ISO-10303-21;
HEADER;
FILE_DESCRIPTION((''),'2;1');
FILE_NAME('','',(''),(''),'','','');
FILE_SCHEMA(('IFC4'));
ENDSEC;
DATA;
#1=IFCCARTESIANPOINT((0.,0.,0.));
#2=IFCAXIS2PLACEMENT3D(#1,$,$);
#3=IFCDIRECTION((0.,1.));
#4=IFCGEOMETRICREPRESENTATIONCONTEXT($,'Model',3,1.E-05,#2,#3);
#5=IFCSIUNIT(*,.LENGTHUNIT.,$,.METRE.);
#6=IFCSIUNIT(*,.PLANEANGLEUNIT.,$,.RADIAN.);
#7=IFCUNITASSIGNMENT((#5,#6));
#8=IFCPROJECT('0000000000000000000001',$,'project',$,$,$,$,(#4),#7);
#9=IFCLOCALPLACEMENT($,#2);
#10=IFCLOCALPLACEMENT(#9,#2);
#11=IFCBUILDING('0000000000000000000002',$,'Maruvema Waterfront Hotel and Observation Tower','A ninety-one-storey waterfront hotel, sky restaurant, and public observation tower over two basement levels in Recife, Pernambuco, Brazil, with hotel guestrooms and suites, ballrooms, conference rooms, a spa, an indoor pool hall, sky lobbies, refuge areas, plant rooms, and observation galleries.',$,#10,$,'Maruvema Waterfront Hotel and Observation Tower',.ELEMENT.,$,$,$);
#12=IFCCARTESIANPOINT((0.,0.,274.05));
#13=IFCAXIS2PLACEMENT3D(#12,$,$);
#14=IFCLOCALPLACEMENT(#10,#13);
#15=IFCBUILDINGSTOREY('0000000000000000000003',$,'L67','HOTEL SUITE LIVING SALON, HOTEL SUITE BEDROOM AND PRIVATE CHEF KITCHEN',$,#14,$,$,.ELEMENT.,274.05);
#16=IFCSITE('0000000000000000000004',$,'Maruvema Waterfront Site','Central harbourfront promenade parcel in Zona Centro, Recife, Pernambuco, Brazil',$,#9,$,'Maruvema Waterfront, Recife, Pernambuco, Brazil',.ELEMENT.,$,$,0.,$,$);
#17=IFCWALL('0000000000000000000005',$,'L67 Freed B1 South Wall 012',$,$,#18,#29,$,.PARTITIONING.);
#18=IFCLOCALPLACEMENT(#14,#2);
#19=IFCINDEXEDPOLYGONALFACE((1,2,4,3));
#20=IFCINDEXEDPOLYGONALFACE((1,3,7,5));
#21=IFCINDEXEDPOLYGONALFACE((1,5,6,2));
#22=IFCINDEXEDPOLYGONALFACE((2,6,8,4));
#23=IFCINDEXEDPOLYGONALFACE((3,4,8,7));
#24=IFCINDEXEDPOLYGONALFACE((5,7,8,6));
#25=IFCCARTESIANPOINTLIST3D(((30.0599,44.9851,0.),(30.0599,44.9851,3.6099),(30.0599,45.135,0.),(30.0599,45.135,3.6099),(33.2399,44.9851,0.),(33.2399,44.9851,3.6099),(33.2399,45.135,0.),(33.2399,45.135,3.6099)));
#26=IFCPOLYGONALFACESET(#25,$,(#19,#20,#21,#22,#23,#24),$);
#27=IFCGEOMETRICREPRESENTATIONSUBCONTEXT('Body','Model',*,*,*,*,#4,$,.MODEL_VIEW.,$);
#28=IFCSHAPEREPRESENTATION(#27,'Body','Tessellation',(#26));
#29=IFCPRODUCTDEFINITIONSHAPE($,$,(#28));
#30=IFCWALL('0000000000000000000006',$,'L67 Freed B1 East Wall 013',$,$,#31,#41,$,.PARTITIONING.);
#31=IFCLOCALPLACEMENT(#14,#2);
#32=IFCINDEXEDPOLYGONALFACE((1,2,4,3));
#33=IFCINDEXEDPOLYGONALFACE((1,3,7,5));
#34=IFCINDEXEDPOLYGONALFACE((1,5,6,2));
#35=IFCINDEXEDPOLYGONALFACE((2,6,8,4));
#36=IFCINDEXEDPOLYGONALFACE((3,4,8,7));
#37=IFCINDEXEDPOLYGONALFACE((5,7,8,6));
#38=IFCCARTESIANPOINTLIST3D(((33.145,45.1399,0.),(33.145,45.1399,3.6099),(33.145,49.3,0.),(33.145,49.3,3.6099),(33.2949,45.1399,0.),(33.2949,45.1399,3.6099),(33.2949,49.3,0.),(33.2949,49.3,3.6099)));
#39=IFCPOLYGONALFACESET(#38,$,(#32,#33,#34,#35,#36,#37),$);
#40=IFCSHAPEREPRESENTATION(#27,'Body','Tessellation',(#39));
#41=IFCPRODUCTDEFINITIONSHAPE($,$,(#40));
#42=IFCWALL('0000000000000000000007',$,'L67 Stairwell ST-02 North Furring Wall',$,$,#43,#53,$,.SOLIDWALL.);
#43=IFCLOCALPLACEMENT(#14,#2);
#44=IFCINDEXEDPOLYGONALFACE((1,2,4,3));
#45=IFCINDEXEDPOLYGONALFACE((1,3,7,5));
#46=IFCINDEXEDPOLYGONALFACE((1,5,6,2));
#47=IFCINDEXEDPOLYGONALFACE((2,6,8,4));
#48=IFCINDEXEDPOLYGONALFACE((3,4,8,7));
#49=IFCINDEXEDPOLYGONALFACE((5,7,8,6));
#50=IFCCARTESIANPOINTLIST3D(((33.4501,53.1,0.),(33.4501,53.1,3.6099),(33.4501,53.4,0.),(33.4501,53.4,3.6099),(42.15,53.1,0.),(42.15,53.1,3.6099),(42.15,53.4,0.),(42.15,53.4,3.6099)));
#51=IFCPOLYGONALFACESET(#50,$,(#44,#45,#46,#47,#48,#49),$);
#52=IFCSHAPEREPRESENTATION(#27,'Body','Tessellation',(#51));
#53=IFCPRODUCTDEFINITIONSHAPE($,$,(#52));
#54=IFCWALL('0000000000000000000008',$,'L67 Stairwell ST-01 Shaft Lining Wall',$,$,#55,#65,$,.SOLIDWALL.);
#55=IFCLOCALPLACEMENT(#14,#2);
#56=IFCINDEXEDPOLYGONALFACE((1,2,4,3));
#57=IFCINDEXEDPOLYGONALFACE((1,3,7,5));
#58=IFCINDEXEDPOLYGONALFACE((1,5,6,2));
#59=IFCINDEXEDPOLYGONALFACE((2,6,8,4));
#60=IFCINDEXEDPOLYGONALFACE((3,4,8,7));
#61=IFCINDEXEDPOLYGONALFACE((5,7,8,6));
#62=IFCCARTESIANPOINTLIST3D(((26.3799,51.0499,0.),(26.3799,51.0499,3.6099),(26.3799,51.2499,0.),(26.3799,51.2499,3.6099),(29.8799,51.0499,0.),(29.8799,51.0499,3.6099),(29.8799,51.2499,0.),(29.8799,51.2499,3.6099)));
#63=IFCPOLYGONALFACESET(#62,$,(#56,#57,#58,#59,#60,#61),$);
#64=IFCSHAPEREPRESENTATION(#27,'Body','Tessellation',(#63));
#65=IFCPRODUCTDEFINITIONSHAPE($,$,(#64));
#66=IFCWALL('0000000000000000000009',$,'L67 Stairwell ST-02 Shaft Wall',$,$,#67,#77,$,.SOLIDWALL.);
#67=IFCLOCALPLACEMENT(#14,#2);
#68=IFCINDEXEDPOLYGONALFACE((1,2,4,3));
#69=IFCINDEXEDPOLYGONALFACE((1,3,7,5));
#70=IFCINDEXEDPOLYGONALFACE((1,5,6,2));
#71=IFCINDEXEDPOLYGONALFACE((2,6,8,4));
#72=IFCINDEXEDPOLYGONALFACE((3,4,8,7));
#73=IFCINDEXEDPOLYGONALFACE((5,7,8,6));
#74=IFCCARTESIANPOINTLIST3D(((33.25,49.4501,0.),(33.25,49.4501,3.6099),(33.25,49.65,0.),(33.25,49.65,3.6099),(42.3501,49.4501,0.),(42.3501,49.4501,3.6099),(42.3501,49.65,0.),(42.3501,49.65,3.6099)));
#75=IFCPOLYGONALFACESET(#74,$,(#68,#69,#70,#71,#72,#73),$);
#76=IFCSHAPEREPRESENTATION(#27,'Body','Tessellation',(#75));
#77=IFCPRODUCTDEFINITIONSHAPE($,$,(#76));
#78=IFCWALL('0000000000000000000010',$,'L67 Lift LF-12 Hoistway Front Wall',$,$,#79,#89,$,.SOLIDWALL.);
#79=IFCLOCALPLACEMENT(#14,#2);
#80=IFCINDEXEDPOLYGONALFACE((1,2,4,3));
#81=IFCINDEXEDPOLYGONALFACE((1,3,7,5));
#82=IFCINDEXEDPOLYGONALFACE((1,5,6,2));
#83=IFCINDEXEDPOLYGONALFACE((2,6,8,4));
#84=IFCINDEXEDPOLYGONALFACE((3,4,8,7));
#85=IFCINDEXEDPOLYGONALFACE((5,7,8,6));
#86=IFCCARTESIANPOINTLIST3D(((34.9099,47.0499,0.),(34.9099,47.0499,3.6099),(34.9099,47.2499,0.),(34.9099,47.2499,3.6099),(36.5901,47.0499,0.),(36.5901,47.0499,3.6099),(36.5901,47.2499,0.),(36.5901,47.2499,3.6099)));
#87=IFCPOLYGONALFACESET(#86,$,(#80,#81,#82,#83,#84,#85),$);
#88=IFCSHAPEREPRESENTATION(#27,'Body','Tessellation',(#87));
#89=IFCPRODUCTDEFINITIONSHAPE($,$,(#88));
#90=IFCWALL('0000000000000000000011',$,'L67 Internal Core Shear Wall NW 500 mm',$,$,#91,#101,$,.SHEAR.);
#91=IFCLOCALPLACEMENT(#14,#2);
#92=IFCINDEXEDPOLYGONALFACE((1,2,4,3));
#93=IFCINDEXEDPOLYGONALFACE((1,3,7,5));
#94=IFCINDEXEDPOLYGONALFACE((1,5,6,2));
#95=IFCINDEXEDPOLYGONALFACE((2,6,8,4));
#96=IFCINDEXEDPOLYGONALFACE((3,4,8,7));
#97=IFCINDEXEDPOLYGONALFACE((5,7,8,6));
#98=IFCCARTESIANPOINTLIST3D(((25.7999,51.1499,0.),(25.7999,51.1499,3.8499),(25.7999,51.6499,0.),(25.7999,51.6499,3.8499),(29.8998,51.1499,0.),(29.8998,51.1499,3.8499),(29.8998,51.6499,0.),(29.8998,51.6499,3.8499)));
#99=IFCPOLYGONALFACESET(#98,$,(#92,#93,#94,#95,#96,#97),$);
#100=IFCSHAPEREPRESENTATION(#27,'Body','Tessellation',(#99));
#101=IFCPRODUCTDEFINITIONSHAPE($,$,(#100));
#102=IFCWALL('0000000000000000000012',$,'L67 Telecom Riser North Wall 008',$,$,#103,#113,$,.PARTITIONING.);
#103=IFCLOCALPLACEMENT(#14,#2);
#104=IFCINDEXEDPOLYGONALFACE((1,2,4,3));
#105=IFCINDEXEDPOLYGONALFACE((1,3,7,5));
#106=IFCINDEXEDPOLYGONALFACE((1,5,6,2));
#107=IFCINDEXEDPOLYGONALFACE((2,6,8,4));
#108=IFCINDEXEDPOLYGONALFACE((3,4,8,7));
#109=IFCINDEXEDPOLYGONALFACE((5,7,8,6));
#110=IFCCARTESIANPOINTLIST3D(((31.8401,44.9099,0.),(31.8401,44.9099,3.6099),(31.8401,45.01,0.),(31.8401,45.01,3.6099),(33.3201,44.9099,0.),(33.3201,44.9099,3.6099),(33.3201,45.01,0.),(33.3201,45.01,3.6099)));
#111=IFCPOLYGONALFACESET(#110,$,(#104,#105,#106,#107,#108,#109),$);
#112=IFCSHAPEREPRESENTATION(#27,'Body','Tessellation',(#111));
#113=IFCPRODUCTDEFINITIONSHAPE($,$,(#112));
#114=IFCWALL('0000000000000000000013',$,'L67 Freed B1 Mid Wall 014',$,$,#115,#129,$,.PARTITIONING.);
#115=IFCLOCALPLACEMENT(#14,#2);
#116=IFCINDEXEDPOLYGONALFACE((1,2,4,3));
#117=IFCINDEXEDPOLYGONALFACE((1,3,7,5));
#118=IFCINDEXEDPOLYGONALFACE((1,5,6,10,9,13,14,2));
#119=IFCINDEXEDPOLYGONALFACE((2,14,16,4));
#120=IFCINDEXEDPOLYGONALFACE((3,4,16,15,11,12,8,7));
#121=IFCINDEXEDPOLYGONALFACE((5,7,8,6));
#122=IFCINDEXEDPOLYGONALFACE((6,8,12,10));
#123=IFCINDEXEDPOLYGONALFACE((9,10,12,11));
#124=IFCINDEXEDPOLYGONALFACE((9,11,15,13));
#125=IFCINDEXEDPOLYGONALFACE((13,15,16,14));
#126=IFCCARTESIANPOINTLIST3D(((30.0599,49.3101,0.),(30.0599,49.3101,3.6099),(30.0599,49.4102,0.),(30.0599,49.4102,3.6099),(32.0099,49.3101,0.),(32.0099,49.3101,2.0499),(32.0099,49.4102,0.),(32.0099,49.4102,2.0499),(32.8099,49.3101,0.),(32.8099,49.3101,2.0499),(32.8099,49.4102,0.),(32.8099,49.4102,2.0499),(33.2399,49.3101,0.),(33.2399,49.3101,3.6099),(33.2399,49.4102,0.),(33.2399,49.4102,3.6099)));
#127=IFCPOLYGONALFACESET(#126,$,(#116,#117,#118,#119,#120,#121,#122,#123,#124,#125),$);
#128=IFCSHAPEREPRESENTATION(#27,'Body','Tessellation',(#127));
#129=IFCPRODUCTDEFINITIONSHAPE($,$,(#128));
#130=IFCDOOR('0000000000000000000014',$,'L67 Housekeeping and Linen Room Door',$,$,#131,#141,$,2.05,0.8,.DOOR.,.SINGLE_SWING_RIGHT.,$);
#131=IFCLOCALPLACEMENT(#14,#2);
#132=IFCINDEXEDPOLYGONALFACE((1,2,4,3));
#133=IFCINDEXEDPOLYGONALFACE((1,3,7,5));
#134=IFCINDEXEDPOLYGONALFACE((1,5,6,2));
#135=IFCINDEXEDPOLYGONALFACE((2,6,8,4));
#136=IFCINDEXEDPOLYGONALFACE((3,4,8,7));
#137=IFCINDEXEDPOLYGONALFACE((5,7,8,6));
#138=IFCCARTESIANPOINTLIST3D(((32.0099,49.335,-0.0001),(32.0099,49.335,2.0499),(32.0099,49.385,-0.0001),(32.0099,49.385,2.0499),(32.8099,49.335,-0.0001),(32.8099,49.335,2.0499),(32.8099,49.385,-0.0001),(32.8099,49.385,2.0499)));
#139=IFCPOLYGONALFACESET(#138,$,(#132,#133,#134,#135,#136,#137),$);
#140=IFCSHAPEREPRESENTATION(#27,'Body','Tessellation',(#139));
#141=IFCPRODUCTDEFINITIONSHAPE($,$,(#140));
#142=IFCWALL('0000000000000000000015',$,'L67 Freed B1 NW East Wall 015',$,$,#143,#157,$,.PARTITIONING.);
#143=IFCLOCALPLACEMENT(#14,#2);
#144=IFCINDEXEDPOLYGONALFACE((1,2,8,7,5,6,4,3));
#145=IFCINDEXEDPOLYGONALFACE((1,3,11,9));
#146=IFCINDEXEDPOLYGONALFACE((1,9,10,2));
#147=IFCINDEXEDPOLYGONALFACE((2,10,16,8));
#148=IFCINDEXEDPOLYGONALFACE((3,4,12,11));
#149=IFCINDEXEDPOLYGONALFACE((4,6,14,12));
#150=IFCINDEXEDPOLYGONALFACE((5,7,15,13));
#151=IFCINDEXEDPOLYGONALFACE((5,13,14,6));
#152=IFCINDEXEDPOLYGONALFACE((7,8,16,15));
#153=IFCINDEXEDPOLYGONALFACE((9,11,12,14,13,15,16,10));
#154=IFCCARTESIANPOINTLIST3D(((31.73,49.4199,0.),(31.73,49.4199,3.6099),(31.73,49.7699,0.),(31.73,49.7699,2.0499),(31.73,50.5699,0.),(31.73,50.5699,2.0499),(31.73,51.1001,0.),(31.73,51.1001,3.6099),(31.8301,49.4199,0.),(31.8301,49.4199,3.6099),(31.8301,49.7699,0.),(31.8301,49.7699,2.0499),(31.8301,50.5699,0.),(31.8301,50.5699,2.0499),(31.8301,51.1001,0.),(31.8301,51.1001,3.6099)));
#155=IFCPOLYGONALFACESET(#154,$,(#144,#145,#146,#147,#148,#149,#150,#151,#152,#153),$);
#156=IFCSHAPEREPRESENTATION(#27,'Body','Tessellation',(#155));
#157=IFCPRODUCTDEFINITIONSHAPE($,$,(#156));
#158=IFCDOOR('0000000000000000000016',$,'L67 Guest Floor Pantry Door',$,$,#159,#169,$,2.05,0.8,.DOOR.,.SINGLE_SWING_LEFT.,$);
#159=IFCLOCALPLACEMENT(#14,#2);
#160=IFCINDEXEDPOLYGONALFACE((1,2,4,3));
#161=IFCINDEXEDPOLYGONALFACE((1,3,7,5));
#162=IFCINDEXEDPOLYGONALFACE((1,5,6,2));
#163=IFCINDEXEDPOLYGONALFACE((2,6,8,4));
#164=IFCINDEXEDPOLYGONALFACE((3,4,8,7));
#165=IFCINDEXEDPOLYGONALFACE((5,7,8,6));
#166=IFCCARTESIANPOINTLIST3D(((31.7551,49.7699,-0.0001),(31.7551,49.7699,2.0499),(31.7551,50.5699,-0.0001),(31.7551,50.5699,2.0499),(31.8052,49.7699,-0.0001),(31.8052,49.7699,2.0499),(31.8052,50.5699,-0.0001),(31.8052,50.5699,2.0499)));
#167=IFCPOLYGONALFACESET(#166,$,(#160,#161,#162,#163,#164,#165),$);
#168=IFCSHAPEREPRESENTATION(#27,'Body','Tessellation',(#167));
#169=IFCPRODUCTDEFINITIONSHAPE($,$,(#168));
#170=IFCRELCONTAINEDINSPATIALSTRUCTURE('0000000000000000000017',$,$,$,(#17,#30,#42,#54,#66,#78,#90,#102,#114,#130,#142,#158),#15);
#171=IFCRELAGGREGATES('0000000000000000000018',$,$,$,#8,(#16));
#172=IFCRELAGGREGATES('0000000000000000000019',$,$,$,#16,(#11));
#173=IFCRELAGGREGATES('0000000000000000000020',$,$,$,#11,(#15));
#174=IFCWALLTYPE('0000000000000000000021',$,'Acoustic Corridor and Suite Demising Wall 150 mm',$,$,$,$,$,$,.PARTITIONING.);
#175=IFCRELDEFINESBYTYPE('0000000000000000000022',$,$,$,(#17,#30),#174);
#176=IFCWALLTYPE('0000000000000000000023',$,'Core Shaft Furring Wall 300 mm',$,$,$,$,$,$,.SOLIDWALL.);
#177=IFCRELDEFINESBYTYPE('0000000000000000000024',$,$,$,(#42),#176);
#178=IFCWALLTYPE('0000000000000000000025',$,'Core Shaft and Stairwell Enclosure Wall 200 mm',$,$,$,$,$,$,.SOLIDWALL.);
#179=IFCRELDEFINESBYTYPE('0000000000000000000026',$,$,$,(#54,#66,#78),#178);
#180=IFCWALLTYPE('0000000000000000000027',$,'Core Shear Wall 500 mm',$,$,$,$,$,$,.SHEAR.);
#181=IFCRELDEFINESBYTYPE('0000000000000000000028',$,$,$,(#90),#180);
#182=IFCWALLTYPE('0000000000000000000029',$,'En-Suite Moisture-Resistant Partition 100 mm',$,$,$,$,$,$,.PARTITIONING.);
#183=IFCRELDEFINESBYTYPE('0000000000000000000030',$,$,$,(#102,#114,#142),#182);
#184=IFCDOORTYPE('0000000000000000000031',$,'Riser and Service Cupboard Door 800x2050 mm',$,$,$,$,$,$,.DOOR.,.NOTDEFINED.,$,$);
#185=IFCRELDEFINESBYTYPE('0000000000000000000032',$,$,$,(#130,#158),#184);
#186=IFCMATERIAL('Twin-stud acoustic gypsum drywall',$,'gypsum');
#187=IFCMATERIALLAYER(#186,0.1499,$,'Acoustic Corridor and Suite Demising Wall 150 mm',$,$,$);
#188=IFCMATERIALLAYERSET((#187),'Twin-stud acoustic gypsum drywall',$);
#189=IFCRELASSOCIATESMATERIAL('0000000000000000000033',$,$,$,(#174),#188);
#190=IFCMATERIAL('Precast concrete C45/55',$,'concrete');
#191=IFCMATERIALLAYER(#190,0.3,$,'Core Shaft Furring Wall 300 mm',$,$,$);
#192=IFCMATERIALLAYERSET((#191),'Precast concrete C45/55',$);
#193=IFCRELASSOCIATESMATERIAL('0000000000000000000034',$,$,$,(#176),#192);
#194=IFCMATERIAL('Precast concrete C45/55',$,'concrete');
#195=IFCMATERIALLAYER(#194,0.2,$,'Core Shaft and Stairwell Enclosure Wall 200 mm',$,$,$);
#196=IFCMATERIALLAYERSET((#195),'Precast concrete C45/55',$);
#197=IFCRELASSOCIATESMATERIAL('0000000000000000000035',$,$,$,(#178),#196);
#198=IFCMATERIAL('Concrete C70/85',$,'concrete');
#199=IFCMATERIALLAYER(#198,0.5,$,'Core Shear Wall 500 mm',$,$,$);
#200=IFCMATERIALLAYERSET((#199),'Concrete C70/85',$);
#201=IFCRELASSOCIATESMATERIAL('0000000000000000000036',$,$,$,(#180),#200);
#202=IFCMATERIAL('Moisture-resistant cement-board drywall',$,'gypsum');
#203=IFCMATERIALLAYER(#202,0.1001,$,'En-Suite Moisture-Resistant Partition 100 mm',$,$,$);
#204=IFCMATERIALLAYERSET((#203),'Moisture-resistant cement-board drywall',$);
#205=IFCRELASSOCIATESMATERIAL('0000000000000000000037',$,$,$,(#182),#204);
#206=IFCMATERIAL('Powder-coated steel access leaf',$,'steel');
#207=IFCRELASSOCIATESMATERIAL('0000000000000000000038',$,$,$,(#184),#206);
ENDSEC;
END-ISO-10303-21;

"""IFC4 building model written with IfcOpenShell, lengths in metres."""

from ifc_helpers import new_model, si_unit, direction, frame, frame_2d, origin, place, context, subcontext, project, spatial, rectangle, extrude, material, layer, layer_set, type_object, element, fill, save


model = new_model("IFC4")

# Units and contexts
model_context = context("Model", 3, precision=1e-05, world=origin(), true_north=direction((0.0, 1.0)))
body_context = subcontext(model_context, "Body", "Model", "MODEL_VIEW")
ifc_project = project(units=[si_unit("LENGTHUNIT", "METRE"), si_unit("PLANEANGLEUNIT", "RADIAN")], contexts=[model_context])

# Site, building, storey
site_placement = place(None, origin())
site = spatial("IfcSite", under=ifc_project, at=site_placement, Name="Maruvema Waterfront Site", Description="Central harbourfront promenade parcel in Zona Centro, Recife, Pernambuco, Brazil", LongName="Maruvema Waterfront, Recife, Pernambuco, Brazil", CompositionType="ELEMENT", RefElevation=0.0)
building_placement = place(site_placement, origin())
building = spatial("IfcBuilding", under=site, at=building_placement, Name="Maruvema Waterfront Hotel and Observation Tower", Description="A ninety-one-storey waterfront hotel, sky restaurant, and public observation tower over two basement levels in Recife, Pernambuco, Brazil, with hotel guestrooms and suites, ballrooms, conference rooms, a spa, an indoor pool hall, sky lobbies, refuge areas, plant rooms, and observation galleries.", LongName="Maruvema Waterfront Hotel and Observation Tower", CompositionType="ELEMENT")
storey_placement = place(building_placement, frame((0.0, 0.0, 274.05)))
storey = spatial("IfcBuildingStorey", under=building, at=storey_placement, Name="L67", Description="HOTEL SUITE LIVING SALON, HOTEL SUITE BEDROOM AND PRIVATE CHEF KITCHEN", CompositionType="ELEMENT", Elevation=274.05)

# Walls
ifc_material_1 = material(Name="Twin-stud acoustic gypsum drywall", Category="gypsum")
ifc_layer_1 = layer(ifc_material_1, 0.1499, Name="Acoustic Corridor and Suite Demising Wall 150 mm")
ifc_layer_set_1 = layer_set([ifc_layer_1], Name="Twin-stud acoustic gypsum drywall")
wall_type_1 = type_object("IfcWallType", Name="Acoustic Corridor and Suite Demising Wall 150 mm", PredefinedType="PARTITIONING", material=ifc_layer_set_1)
wall_1_placement = place(storey_placement, frame((30.0601, 45.0601, 0.0), z_axis=(0.0, 0.0, 1.0), x_axis=(1.0, 0.0, 0.0)))
element("IfcWall", 1, at=wall_1_placement, inside=storey, type_object=wall_type_1, Name="L67 Freed B1 South Wall 012", PredefinedType="PARTITIONING", context=body_context, shape_type="SweptSolid", body=[
    extrude(rectangle(XDim=3.1799, YDim=0.1499, at=frame_2d((1.5898, 0.0))), origin(), (0.0, 0.0, 1.0), 3.6099),
])
wall_2_placement = place(storey_placement, frame((33.22, 45.1399, 0.0), z_axis=(0.0, 0.0, 1.0), x_axis=(0.0, 1.0, 0.0)))
element("IfcWall", 2, at=wall_2_placement, inside=storey, type_object=wall_type_1, Name="L67 Freed B1 East Wall 013", PredefinedType="PARTITIONING", context=body_context, shape_type="SweptSolid", body=[
    extrude(rectangle(XDim=4.1602, YDim=0.1499, at=frame_2d((2.0801, 0.0))), origin(), (0.0, 0.0, 1.0), 3.6099),
])
ifc_material_2 = material(Name="Precast concrete C45/55", Category="concrete")
ifc_layer_2 = layer(ifc_material_2, 0.3, Name="Core Shaft Furring Wall 300 mm")
ifc_layer_set_2 = layer_set([ifc_layer_2], Name="Precast concrete C45/55")
wall_type_2 = type_object("IfcWallType", Name="Core Shaft Furring Wall 300 mm", PredefinedType="SOLIDWALL", material=ifc_layer_set_2)
wall_3_placement = place(storey_placement, frame((33.45, 53.25, 0.0), z_axis=(0.0, 0.0, 1.0), x_axis=(1.0, 0.0, 0.0)))
element("IfcWall", 3, at=wall_3_placement, inside=storey, type_object=wall_type_2, Name="L67 Stairwell ST-02 North Furring Wall", PredefinedType="SOLIDWALL", context=body_context, shape_type="SweptSolid", body=[
    extrude(rectangle(XDim=8.7, YDim=0.3, at=frame_2d((4.3501, 0.0))), origin(), (0.0, 0.0, 1.0), 3.6099),
])
ifc_material_3 = material(Name="Precast concrete C45/55", Category="concrete")
ifc_layer_3 = layer(ifc_material_3, 0.2, Name="Core Shaft and Stairwell Enclosure Wall 200 mm")
ifc_layer_set_3 = layer_set([ifc_layer_3], Name="Precast concrete C45/55")
wall_type_3 = type_object("IfcWallType", Name="Core Shaft and Stairwell Enclosure Wall 200 mm", PredefinedType="SOLIDWALL", material=ifc_layer_set_3)
wall_4_placement = place(storey_placement, frame((26.3799, 51.1499, 0.0), z_axis=(0.0, 0.0, 1.0), x_axis=(1.0, 0.0, 0.0)))
element("IfcWall", 4, at=wall_4_placement, inside=storey, type_object=wall_type_3, Name="L67 Stairwell ST-01 Shaft Lining Wall", PredefinedType="SOLIDWALL", context=body_context, shape_type="SweptSolid", body=[
    extrude(rectangle(XDim=3.5, YDim=0.2, at=frame_2d((1.75, 0.0))), origin(), (0.0, 0.0, 1.0), 3.6099),
])
wall_5_placement = place(storey_placement, frame((33.25, 49.55, 0.0), z_axis=(0.0, 0.0, 1.0), x_axis=(1.0, 0.0, 0.0)))
element("IfcWall", 5, at=wall_5_placement, inside=storey, type_object=wall_type_3, Name="L67 Stairwell ST-02 Shaft Wall", PredefinedType="SOLIDWALL", context=body_context, shape_type="SweptSolid", body=[
    extrude(rectangle(XDim=9.1001, YDim=0.2, at=frame_2d((4.55, 0.0))), origin(), (0.0, 0.0, 1.0), 3.6099),
])

# Walls
wall_6_placement = place(storey_placement, frame((34.9099, 47.1499, 0.0), z_axis=(0.0, 0.0, 1.0), x_axis=(1.0, 0.0, 0.0)))
element("IfcWall", 6, at=wall_6_placement, inside=storey, type_object=wall_type_3, Name="L67 Lift LF-12 Hoistway Front Wall", PredefinedType="SOLIDWALL", context=body_context, shape_type="SweptSolid", body=[
    extrude(rectangle(XDim=1.6802, YDim=0.2, at=frame_2d((0.8401, 0.0))), origin(), (0.0, 0.0, 1.0), 3.6099),
])
ifc_material_4 = material(Name="Concrete C70/85", Category="concrete")
ifc_layer_4 = layer(ifc_material_4, 0.5, Name="Core Shear Wall 500 mm")
ifc_layer_set_4 = layer_set([ifc_layer_4], Name="Concrete C70/85")
wall_type_4 = type_object("IfcWallType", Name="Core Shear Wall 500 mm", PredefinedType="SHEAR", material=ifc_layer_set_4)
wall_7_placement = place(storey_placement, frame((25.8, 51.3999, 0.0), z_axis=(0.0, 0.0, 1.0), x_axis=(1.0, 0.0, 0.0)))
element("IfcWall", 7, at=wall_7_placement, inside=storey, type_object=wall_type_4, Name="L67 Internal Core Shear Wall NW 500 mm", PredefinedType="SHEAR", context=body_context, shape_type="SweptSolid", body=[
    extrude(rectangle(XDim=4.0999, YDim=0.5, at=frame_2d((2.0498, 0.0))), origin(), (0.0, 0.0, 1.0), 3.8499),
])
ifc_material_5 = material(Name="Moisture-resistant cement-board drywall", Category="gypsum")
ifc_layer_5 = layer(ifc_material_5, 0.1001, Name="En-Suite Moisture-Resistant Partition 100 mm")
ifc_layer_set_5 = layer_set([ifc_layer_5], Name="Moisture-resistant cement-board drywall")
wall_type_5 = type_object("IfcWallType", Name="En-Suite Moisture-Resistant Partition 100 mm", PredefinedType="PARTITIONING", material=ifc_layer_set_5)
wall_8_placement = place(storey_placement, frame((31.8401, 44.96, 0.0), z_axis=(0.0, 0.0, 1.0), x_axis=(1.0, 0.0, 0.0)))
element("IfcWall", 8, at=wall_8_placement, inside=storey, type_object=wall_type_5, Name="L67 Telecom Riser North Wall 008", PredefinedType="PARTITIONING", context=body_context, shape_type="SweptSolid", body=[
    extrude(rectangle(XDim=1.48, YDim=0.1001, at=frame_2d((0.74, 0.0))), origin(), (0.0, 0.0, 1.0), 3.6099),
])

# Walls, openings, doors
wall_9_placement = place(storey_placement, frame((30.0601, 49.3601, 0.0), z_axis=(0.0, 0.0, 1.0), x_axis=(1.0, 0.0, 0.0)))
wall_9 = element("IfcWall", 9, at=wall_9_placement, inside=storey, type_object=wall_type_5, Name="L67 Freed B1 Mid Wall 014", PredefinedType="PARTITIONING", context=body_context, shape_type="SweptSolid", body=[
    extrude(rectangle(XDim=3.1799, YDim=0.1001, at=frame_2d((1.5898, 0.0))), origin(), (0.0, 0.0, 1.0), 3.6099),
])
opening_1_placement = place(wall_9_placement, frame((1.95, 0.0, 0.0)))
opening_1 = element("IfcOpeningElement", 10, at=opening_1_placement, cuts=wall_9, PredefinedType="OPENING", context=body_context, shape_type="SweptSolid", body=[
    extrude(rectangle(XDim=0.8, YDim=2.05, at=frame_2d((0.3999, 1.0249))), frame((0.0, 0.0601, 0.0), z_axis=(0.0, -1.0, 0.0), x_axis=(1.0, 0.0, 0.0)), (0.0, 0.0, 1.0), 0.1201),
])
ifc_material_6 = material(Name="Powder-coated steel access leaf", Category="steel")
door_type_1 = type_object("IfcDoorType", Name="Riser and Service Cupboard Door 800x2050 mm", OperationType="NOTDEFINED", PredefinedType="DOOR", material=ifc_material_6)
door_1_placement = place(opening_1_placement, origin())
door_1 = element("IfcDoor", 11, at=door_1_placement, inside=storey, type_object=door_type_1, Name="L67 Housekeeping and Linen Room Door", OperationType="SINGLE_SWING_RIGHT", OverallHeight=2.05, OverallWidth=0.8, PredefinedType="DOOR", context=body_context, shape_type="SweptSolid", body=[
    extrude(rectangle(XDim=0.8, YDim=2.05, at=frame_2d((0.3999, 1.0249))), frame((0.0, 0.0249, 0.0), z_axis=(0.0, -1.0, 0.0), x_axis=(1.0, 0.0, 0.0)), (0.0, 0.0, 1.0), 0.05),
])
fill(opening_1, door_1)
wall_10_placement = place(storey_placement, frame((31.78, 49.4199, 0.0), z_axis=(0.0, 0.0, 1.0), x_axis=(0.0, 1.0, 0.0)))
wall_10 = element("IfcWall", 12, at=wall_10_placement, inside=storey, type_object=wall_type_5, Name="L67 Freed B1 NW East Wall 015", PredefinedType="PARTITIONING", context=body_context, shape_type="SweptSolid", body=[
    extrude(rectangle(XDim=1.6802, YDim=0.1001, at=frame_2d((0.8401, 0.0))), origin(), (0.0, 0.0, 1.0), 3.6099),
])
opening_2_placement = place(wall_10_placement, frame((0.3501, 0.0, 0.0)))
opening_2 = element("IfcOpeningElement", 13, at=opening_2_placement, cuts=wall_10, PredefinedType="OPENING", context=body_context, shape_type="SweptSolid", body=[
    extrude(rectangle(XDim=0.8, YDim=2.05, at=frame_2d((0.3999, 1.0249))), frame((0.0, 0.0601, 0.0), z_axis=(0.0, -1.0, 0.0), x_axis=(1.0, 0.0, 0.0)), (0.0, 0.0, 1.0), 0.1201),
])
door_2_placement = place(opening_2_placement, origin())
door_2 = element("IfcDoor", 14, at=door_2_placement, inside=storey, type_object=door_type_1, Name="L67 Guest Floor Pantry Door", OperationType="SINGLE_SWING_LEFT", OverallHeight=2.05, OverallWidth=0.8, PredefinedType="DOOR", context=body_context, shape_type="SweptSolid", body=[
    extrude(rectangle(XDim=0.8, YDim=2.05, at=frame_2d((0.3999, 1.0249))), frame((0.0, 0.0249, 0.0), z_axis=(0.0, -1.0, 0.0), x_axis=(1.0, 0.0, 0.0)), (0.0, 0.0, 1.0), 0.05),
])
fill(opening_2, door_2)

save(model, "model.ifc")
